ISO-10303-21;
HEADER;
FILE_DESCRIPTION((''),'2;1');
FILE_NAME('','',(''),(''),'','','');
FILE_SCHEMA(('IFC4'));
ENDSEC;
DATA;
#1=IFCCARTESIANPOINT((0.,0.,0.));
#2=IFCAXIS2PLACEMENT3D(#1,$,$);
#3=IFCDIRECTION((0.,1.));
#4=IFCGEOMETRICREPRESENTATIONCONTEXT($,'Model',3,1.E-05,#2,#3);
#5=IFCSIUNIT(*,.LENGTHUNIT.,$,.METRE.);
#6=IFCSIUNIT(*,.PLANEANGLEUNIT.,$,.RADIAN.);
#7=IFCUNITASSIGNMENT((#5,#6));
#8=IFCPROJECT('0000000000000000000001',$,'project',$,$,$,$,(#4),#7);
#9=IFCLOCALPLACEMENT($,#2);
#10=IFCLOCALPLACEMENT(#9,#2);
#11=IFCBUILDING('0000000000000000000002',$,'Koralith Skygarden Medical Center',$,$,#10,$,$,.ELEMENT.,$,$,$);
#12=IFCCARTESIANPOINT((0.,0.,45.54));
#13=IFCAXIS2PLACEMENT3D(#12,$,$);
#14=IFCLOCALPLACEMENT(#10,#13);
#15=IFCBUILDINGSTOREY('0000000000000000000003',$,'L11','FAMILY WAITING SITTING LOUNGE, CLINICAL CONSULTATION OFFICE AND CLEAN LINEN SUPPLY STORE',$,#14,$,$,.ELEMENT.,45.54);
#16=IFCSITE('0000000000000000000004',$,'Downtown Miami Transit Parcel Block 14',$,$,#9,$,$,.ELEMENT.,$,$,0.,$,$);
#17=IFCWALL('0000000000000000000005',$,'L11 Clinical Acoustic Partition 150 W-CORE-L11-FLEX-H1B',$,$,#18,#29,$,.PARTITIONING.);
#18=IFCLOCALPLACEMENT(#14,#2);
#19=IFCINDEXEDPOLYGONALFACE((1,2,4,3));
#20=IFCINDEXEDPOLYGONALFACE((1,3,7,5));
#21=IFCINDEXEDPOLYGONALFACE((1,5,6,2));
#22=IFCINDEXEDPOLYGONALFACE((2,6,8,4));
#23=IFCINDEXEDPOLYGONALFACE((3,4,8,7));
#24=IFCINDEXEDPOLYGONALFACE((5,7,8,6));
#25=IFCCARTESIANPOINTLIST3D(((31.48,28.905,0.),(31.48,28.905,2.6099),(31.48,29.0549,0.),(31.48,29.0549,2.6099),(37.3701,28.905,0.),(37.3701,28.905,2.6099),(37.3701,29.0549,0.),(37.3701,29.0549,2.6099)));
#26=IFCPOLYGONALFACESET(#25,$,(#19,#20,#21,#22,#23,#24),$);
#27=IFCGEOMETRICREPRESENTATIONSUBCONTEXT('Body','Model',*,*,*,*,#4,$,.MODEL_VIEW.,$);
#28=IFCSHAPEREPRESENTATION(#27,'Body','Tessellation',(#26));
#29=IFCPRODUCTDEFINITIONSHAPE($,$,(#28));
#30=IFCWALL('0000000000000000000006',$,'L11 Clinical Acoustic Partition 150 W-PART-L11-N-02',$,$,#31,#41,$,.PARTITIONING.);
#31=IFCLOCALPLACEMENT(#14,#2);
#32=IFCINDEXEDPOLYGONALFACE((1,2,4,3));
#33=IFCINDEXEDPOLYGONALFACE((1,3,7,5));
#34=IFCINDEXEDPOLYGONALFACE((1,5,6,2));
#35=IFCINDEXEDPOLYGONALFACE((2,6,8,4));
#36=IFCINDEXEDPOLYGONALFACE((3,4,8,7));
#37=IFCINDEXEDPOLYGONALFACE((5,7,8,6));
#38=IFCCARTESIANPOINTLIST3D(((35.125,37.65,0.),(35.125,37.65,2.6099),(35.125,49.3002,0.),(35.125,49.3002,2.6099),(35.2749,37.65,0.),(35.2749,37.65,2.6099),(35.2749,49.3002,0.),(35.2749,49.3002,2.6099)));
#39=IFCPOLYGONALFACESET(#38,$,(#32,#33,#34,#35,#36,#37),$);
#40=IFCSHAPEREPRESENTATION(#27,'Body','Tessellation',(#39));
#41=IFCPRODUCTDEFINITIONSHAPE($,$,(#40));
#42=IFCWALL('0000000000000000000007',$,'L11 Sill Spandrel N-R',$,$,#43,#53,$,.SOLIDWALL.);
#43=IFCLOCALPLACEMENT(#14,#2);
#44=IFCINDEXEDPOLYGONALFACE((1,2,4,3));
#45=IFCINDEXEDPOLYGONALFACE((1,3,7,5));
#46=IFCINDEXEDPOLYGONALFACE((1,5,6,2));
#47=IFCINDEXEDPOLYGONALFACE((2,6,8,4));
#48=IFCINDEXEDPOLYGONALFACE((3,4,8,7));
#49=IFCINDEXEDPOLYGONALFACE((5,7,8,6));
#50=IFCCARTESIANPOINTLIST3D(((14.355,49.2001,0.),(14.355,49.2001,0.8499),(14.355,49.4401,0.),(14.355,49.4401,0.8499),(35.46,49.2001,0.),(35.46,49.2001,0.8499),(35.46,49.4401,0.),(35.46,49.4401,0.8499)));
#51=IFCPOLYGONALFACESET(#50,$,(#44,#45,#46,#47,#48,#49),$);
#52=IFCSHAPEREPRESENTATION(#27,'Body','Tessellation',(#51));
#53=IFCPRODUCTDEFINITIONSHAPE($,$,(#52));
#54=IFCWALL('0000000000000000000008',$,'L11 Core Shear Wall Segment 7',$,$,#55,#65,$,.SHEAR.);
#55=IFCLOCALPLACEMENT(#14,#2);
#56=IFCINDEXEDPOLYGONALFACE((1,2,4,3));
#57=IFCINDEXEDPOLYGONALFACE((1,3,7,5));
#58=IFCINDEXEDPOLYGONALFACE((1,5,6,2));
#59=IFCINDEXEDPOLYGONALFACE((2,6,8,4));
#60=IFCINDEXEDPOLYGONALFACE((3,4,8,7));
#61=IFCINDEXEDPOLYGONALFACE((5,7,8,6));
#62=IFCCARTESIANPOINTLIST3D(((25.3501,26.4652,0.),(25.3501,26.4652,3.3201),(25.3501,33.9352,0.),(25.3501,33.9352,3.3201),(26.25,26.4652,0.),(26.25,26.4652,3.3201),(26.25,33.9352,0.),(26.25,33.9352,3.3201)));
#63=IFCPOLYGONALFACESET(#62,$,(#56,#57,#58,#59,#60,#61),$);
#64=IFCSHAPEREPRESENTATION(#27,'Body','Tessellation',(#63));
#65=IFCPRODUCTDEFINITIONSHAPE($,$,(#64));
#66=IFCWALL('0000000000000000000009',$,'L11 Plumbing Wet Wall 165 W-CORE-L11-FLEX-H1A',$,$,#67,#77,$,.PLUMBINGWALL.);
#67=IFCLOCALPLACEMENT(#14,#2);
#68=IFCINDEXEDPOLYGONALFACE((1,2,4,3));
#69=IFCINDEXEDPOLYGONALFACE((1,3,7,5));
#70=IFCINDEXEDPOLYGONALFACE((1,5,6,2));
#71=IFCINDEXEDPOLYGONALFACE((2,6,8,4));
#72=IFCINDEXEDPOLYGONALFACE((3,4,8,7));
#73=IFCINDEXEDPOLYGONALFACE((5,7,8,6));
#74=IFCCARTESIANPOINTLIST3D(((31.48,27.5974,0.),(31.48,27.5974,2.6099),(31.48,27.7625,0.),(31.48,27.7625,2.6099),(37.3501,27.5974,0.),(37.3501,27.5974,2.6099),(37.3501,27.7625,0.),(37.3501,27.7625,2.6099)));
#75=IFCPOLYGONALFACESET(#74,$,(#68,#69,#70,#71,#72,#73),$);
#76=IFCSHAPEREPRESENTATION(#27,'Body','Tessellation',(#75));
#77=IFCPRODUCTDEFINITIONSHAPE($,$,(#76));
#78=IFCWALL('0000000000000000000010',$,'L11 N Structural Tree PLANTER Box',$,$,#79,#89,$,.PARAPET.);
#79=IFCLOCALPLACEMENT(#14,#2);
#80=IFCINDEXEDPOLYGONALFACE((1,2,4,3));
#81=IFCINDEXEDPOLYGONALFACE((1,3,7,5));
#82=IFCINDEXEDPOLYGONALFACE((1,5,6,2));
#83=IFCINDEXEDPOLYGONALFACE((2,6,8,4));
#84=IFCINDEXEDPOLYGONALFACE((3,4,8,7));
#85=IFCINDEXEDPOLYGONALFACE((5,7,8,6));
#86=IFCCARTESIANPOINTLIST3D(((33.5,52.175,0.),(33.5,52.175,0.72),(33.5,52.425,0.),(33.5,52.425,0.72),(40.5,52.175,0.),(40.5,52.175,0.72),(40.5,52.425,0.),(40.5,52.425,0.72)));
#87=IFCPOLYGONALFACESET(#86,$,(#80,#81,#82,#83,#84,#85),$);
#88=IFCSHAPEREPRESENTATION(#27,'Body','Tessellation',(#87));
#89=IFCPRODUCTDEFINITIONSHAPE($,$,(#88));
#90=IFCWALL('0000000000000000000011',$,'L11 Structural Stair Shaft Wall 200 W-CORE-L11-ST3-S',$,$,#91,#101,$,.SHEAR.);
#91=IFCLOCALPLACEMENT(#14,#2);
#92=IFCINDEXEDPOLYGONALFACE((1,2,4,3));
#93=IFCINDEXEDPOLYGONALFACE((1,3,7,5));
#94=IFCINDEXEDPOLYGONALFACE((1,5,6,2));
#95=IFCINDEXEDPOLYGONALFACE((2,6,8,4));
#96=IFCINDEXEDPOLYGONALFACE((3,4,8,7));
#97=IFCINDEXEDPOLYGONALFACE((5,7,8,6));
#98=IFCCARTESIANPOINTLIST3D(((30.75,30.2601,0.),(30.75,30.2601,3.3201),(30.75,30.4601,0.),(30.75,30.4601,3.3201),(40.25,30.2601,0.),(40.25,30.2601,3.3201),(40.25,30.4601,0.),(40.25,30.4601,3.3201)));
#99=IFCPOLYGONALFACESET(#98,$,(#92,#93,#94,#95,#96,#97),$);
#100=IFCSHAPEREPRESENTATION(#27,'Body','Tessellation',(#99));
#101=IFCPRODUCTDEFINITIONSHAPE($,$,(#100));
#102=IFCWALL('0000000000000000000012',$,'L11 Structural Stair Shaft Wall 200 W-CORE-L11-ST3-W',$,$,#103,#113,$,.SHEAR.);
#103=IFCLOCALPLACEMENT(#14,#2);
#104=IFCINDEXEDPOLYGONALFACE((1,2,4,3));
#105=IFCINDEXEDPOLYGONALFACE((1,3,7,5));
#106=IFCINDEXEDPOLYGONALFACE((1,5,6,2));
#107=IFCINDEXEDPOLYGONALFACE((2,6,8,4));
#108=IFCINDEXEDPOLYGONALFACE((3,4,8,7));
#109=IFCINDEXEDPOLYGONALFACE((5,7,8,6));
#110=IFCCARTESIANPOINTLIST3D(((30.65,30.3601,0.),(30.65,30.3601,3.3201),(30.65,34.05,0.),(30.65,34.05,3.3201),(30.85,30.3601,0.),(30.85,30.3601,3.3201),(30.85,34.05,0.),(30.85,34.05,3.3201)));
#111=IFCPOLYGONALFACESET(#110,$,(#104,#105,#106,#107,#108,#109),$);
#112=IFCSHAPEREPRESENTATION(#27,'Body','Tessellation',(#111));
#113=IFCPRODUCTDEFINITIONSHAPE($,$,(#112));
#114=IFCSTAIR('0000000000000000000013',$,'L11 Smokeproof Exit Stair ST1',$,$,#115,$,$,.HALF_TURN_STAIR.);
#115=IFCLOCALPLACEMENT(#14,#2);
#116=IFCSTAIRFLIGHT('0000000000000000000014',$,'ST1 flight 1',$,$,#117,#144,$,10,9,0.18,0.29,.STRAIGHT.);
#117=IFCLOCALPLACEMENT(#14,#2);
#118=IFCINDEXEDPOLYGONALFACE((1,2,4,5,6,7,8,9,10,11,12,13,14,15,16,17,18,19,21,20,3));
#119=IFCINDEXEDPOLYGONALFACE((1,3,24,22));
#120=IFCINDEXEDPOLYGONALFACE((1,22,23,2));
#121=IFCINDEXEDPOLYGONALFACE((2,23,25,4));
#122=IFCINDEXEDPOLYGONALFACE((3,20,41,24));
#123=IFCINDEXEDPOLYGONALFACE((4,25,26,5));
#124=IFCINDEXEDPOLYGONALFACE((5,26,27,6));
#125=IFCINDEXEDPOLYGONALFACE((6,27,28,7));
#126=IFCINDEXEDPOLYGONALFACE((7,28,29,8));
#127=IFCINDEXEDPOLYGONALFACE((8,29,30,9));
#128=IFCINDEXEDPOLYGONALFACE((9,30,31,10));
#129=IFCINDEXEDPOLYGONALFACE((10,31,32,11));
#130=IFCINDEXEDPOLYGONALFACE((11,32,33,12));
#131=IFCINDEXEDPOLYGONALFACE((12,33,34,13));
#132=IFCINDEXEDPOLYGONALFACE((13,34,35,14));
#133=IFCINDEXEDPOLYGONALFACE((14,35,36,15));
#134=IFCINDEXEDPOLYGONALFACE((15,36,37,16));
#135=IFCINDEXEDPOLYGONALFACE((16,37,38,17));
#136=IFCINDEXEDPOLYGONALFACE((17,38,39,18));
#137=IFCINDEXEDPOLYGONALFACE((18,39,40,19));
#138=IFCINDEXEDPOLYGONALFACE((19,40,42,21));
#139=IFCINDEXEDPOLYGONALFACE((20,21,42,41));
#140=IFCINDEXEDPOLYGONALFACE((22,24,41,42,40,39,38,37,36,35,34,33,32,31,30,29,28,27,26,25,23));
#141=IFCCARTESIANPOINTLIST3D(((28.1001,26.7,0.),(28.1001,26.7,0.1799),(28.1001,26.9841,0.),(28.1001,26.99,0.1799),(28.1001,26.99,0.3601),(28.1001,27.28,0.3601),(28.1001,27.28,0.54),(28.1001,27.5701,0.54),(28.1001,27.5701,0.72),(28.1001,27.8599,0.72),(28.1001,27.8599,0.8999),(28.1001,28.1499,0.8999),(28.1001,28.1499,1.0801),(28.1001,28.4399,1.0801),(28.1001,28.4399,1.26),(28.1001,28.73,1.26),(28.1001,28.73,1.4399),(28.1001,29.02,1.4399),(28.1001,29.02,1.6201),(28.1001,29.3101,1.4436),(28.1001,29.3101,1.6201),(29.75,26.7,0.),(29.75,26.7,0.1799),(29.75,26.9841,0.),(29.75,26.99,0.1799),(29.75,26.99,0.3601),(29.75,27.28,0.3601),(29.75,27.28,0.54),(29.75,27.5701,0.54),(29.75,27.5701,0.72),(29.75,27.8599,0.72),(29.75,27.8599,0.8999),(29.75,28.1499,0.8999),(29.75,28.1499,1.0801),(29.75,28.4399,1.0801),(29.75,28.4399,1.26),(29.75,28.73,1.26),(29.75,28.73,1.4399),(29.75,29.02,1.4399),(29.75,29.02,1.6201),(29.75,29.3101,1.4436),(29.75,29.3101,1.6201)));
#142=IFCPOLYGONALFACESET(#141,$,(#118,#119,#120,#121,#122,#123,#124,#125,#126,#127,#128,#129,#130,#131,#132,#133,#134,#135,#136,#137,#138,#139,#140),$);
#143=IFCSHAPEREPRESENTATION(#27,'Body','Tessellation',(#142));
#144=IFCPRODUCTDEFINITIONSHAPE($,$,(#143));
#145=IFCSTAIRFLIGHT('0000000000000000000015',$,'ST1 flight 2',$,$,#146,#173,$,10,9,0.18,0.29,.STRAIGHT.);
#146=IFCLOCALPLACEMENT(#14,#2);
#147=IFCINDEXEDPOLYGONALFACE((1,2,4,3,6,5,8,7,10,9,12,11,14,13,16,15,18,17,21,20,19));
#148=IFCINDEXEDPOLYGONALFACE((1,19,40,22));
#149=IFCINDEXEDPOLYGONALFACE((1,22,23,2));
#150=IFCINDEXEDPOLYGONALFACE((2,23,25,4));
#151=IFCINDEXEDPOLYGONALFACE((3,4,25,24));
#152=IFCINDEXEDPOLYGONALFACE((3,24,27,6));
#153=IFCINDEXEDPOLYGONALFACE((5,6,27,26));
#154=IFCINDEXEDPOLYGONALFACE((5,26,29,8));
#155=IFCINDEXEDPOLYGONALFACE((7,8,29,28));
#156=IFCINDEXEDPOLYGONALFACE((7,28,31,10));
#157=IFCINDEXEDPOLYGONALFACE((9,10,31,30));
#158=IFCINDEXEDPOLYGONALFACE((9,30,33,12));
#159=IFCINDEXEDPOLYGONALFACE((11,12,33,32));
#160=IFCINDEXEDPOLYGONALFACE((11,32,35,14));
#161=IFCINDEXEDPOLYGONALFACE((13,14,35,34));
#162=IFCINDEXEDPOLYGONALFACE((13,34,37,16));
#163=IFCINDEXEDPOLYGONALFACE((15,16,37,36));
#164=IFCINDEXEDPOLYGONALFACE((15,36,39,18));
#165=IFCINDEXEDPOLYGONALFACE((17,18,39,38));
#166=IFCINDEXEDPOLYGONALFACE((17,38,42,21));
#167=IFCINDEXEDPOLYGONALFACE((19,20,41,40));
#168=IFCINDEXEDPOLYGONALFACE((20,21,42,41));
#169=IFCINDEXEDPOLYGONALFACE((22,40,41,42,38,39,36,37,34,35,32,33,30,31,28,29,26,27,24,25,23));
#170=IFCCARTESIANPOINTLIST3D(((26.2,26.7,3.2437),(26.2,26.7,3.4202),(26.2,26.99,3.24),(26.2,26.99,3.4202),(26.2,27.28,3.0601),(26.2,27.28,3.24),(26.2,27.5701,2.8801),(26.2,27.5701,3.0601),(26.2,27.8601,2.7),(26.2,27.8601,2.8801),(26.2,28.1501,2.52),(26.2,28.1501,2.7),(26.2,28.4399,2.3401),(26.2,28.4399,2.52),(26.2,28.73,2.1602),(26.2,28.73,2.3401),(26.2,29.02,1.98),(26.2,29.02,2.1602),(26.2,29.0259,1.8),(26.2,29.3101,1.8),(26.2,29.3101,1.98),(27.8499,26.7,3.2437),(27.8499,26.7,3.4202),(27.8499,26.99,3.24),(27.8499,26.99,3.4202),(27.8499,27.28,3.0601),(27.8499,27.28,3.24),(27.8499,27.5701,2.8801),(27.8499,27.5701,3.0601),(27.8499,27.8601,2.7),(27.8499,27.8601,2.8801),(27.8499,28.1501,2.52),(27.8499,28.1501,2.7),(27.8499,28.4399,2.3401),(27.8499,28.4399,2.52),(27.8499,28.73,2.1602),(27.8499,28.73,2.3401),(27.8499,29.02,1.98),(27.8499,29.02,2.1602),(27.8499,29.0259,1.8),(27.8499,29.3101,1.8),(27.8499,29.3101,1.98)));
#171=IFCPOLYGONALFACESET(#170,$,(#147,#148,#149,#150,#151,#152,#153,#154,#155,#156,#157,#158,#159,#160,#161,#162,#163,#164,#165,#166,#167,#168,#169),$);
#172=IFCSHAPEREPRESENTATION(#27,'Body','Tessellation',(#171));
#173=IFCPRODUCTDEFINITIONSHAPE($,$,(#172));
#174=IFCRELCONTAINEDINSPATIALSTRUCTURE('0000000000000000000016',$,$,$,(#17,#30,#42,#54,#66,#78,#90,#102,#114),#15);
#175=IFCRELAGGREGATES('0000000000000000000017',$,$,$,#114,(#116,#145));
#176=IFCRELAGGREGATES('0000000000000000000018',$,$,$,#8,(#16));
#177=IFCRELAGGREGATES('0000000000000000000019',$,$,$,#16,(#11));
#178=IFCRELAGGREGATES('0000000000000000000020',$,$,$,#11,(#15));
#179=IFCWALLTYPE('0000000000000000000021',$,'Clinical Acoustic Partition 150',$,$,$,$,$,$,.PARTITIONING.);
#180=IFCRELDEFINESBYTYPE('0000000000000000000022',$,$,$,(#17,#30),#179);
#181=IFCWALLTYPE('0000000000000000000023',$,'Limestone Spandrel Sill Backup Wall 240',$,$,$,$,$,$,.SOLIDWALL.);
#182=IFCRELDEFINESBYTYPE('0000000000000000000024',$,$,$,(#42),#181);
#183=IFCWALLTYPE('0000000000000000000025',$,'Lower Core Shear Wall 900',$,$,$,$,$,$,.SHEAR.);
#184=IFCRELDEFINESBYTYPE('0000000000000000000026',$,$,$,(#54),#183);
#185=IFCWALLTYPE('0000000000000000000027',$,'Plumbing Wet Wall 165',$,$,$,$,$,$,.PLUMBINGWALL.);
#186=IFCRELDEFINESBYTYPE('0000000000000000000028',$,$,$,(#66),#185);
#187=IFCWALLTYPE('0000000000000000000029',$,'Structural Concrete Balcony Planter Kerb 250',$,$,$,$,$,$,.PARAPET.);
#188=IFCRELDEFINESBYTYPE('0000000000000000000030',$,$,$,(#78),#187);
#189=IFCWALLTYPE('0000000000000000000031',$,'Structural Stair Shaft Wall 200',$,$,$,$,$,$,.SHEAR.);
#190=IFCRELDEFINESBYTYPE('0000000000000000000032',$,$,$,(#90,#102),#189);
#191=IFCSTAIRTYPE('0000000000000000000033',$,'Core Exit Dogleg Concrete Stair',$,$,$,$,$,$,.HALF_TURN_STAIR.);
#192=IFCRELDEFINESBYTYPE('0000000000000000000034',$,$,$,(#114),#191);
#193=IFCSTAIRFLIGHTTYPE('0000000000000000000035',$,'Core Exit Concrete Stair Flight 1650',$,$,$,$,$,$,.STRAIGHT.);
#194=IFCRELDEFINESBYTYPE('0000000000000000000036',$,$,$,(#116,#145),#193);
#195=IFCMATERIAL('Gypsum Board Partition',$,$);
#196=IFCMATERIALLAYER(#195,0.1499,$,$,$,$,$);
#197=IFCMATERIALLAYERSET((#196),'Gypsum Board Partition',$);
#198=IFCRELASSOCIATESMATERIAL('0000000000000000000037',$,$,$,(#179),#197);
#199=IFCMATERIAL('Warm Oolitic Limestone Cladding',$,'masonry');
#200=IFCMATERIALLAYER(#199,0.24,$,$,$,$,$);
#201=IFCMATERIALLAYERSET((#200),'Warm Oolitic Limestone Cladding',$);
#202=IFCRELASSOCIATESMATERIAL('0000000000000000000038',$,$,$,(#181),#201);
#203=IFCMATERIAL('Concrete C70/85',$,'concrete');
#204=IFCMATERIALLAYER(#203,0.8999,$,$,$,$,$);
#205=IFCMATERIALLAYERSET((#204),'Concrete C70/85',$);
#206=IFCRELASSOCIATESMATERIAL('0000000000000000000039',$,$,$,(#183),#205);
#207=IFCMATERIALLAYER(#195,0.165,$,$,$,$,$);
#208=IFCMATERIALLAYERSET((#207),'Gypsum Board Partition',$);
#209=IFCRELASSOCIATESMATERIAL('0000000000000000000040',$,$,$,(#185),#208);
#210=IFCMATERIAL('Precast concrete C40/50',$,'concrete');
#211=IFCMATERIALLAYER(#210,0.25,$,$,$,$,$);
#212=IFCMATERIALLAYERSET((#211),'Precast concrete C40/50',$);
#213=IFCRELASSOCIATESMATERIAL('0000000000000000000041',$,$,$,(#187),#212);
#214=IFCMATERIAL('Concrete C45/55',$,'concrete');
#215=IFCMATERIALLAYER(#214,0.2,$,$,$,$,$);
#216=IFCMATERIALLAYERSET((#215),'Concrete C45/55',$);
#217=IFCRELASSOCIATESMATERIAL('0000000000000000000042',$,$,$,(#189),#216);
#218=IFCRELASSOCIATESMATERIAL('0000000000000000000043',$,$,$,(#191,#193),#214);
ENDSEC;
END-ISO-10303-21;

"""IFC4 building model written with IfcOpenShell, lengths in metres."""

from ifc_helpers import new_model, si_unit, direction, frame, frame_2d, origin, place, context, subcontext, project, spatial, polyline, rectangle, outline, extrude, material, layer, layer_set, type_object, element, aggregate, save


model = new_model("IFC4")

# Units and contexts
model_context = context("Model", 3, precision=1e-05, world=origin(), true_north=direction((0.0, 1.0)))
body_context = subcontext(model_context, "Body", "Model", "MODEL_VIEW")
ifc_project = project(units=[si_unit("LENGTHUNIT", "METRE"), si_unit("PLANEANGLEUNIT", "RADIAN")], contexts=[model_context])

# Site, building, storey
site_placement = place(None, origin())
site = spatial("IfcSite", under=ifc_project, at=site_placement, Name="Downtown Miami Transit Parcel Block 14", CompositionType="ELEMENT", RefElevation=0.0)
building_placement = place(site_placement, origin())
building = spatial("IfcBuilding", under=site, at=building_placement, Name="Koralith Skygarden Medical Center", CompositionType="ELEMENT")
storey_placement = place(building_placement, frame((0.0, 0.0, 45.54)))
storey = spatial("IfcBuildingStorey", under=building, at=storey_placement, Name="L11", Description="FAMILY WAITING SITTING LOUNGE, CLINICAL CONSULTATION OFFICE AND CLEAN LINEN SUPPLY STORE", CompositionType="ELEMENT", Elevation=45.54)

# Shared definitions
ifc_material_1 = material(Name="Concrete C70/85", Category="concrete")

# Shared definitions
ifc_material_2 = material(Name="Concrete C45/55", Category="concrete")

# Walls
ifc_material_3 = material(Name="Gypsum Board Partition")
ifc_layer_1 = layer(ifc_material_3, 0.1499)
ifc_layer_set_1 = layer_set([ifc_layer_1], Name="Gypsum Board Partition")
wall_type_1 = type_object("IfcWallType", Name="Clinical Acoustic Partition 150", PredefinedType="PARTITIONING", material=ifc_layer_set_1)
wall_1_placement = place(storey_placement, frame((31.48, 28.98, 0.0), z_axis=(0.0, 0.0, 1.0), x_axis=(1.0, 0.0, 0.0)))
element("IfcWall", 1, at=wall_1_placement, inside=storey, type_object=wall_type_1, Name="L11 Clinical Acoustic Partition 150 W-CORE-L11-FLEX-H1B", PredefinedType="PARTITIONING", context=body_context, shape_type="SweptSolid", body=[
    extrude(rectangle(XDim=5.8901, YDim=0.1499, at=frame_2d((2.9451, 0.0))), origin(), (0.0, 0.0, 1.0), 2.6099),
])
wall_2_placement = place(storey_placement, frame((35.2, 37.6499, 0.0), z_axis=(0.0, 0.0, 1.0), x_axis=(0.0, 1.0, 0.0)))
element("IfcWall", 2, at=wall_2_placement, inside=storey, type_object=wall_type_1, Name="L11 Clinical Acoustic Partition 150 W-PART-L11-N-02", PredefinedType="PARTITIONING", context=body_context, shape_type="SweptSolid", body=[
    extrude(rectangle(XDim=11.6501, YDim=0.1499, at=frame_2d((5.8252, 0.0))), origin(), (0.0, 0.0, 1.0), 2.6099),
])

# Walls
ifc_material_4 = material(Name="Warm Oolitic Limestone Cladding", Category="masonry")
ifc_layer_2 = layer(ifc_material_4, 0.24)
ifc_layer_set_2 = layer_set([ifc_layer_2], Name="Warm Oolitic Limestone Cladding")
wall_type_2 = type_object("IfcWallType", Name="Limestone Spandrel Sill Backup Wall 240", PredefinedType="SOLIDWALL", material=ifc_layer_set_2)
wall_3_placement = place(storey_placement, frame((35.46, 49.3201, 0.0), z_axis=(0.0, 0.0, 1.0), x_axis=(-1.0, 0.0, 0.0)))
element("IfcWall", 3, at=wall_3_placement, inside=storey, type_object=wall_type_2, Name="L11 Sill Spandrel N-R", PredefinedType="SOLIDWALL", context=body_context, shape_type="SweptSolid", body=[
    extrude(rectangle(XDim=21.105, YDim=0.24, at=frame_2d((10.5525, 0.0))), origin(), (0.0, 0.0, 1.0), 0.8499),
])
ifc_layer_3 = layer(ifc_material_1, 0.8999)
ifc_layer_set_3 = layer_set([ifc_layer_3], Name="Concrete C70/85")
wall_type_3 = type_object("IfcWallType", Name="Lower Core Shear Wall 900", PredefinedType="SHEAR", material=ifc_layer_set_3)
wall_4_placement = place(storey_placement, frame((25.8, 33.9351, 0.0), z_axis=(0.0, 0.0, 1.0), x_axis=(0.0, -1.0, 0.0)))
element("IfcWall", 4, at=wall_4_placement, inside=storey, type_object=wall_type_3, Name="L11 Core Shear Wall Segment 7", PredefinedType="SHEAR", context=body_context, shape_type="SweptSolid", body=[
    extrude(rectangle(XDim=7.47, YDim=0.8999, at=frame_2d((3.7349, 0.0))), origin(), (0.0, 0.0, 1.0), 3.3201),
])
ifc_layer_4 = layer(ifc_material_3, 0.165)
ifc_layer_set_4 = layer_set([ifc_layer_4], Name="Gypsum Board Partition")
wall_type_4 = type_object("IfcWallType", Name="Plumbing Wet Wall 165", PredefinedType="PLUMBINGWALL", material=ifc_layer_set_4)
wall_5_placement = place(storey_placement, frame((31.48, 27.6799, 0.0), z_axis=(0.0, 0.0, 1.0), x_axis=(1.0, 0.0, 0.0)))
element("IfcWall", 5, at=wall_5_placement, inside=storey, type_object=wall_type_4, Name="L11 Plumbing Wet Wall 165 W-CORE-L11-FLEX-H1A", PredefinedType="PLUMBINGWALL", context=body_context, shape_type="SweptSolid", body=[
    extrude(rectangle(XDim=5.8701, YDim=0.165, at=frame_2d((2.9351, 0.0))), origin(), (0.0, 0.0, 1.0), 2.6099),
])
ifc_material_5 = material(Name="Precast concrete C40/50", Category="concrete")
ifc_layer_5 = layer(ifc_material_5, 0.25)
ifc_layer_set_5 = layer_set([ifc_layer_5], Name="Precast concrete C40/50")
wall_type_5 = type_object("IfcWallType", Name="Structural Concrete Balcony Planter Kerb 250", PredefinedType="PARAPET", material=ifc_layer_set_5)
wall_6_placement = place(storey_placement, frame((33.5, 52.3, 0.0), z_axis=(0.0, 0.0, 1.0), x_axis=(1.0, 0.0, 0.0)))
element("IfcWall", 6, at=wall_6_placement, inside=storey, type_object=wall_type_5, Name="L11 N Structural Tree PLANTER Box", PredefinedType="PARAPET", context=body_context, shape_type="SweptSolid", body=[
    extrude(rectangle(XDim=7.0, YDim=0.25, at=frame_2d((3.5, 0.0))), origin(), (0.0, 0.0, 1.0), 0.72),
])
ifc_layer_6 = layer(ifc_material_2, 0.2)
ifc_layer_set_6 = layer_set([ifc_layer_6], Name="Concrete C45/55")
wall_type_6 = type_object("IfcWallType", Name="Structural Stair Shaft Wall 200", PredefinedType="SHEAR", material=ifc_layer_set_6)
wall_7_placement = place(storey_placement, frame((30.75, 30.3601, 0.0), z_axis=(0.0, 0.0, 1.0), x_axis=(1.0, 0.0, 0.0)))
element("IfcWall", 7, at=wall_7_placement, inside=storey, type_object=wall_type_6, Name="L11 Structural Stair Shaft Wall 200 W-CORE-L11-ST3-S", PredefinedType="SHEAR", context=body_context, shape_type="SweptSolid", body=[
    extrude(rectangle(XDim=9.5, YDim=0.2, at=frame_2d((4.75, 0.0))), origin(), (0.0, 0.0, 1.0), 3.3201),
])
wall_8_placement = place(storey_placement, frame((30.75, 30.3601, 0.0), z_axis=(0.0, 0.0, 1.0), x_axis=(0.0, 1.0, 0.0)))
element("IfcWall", 8, at=wall_8_placement, inside=storey, type_object=wall_type_6, Name="L11 Structural Stair Shaft Wall 200 W-CORE-L11-ST3-W", PredefinedType="SHEAR", context=body_context, shape_type="SweptSolid", body=[
    extrude(rectangle(XDim=3.6899, YDim=0.2, at=frame_2d((1.845, 0.0))), origin(), (0.0, 0.0, 1.0), 3.3201),
])

# Stair, stair flights
stair_type = type_object("IfcStairType", Name="Core Exit Dogleg Concrete Stair", PredefinedType="HALF_TURN_STAIR", material=ifc_material_2)
stair_1_placement = place(storey_placement, origin())
stair_1 = element("IfcStair", 9, at=stair_1_placement, inside=storey, type_object=stair_type, Name="L11 Smokeproof Exit Stair ST1", PredefinedType="HALF_TURN_STAIR")
stair_flight_type = type_object("IfcStairFlightType", Name="Core Exit Concrete Stair Flight 1650", PredefinedType="STRAIGHT", material=ifc_material_2)
stair_flight_1_placement = place(storey_placement, frame((28.925, 26.7, 0.0), z_axis=(0.0, 0.0, 1.0), x_axis=(0.0, 1.0, 0.0)))
stair_flight_1 = element("IfcStairFlight", 10, at=stair_flight_1_placement, type_object=stair_flight_type, Name="ST1 flight 1", NumberOfRisers=10, NumberOfTreads=9, PredefinedType="STRAIGHT", RiserHeight=0.18, TreadLength=0.29, context=body_context, shape_type="SweptSolid", body=[
    extrude(outline(polyline([(0.0, 0.0), (0.0, 0.1799), (0.29, 0.1799), (0.29, 0.3601), (0.5801, 0.3601), (0.5801, 0.54), (0.8701, 0.54), (0.8701, 0.72), (1.1599, 0.72), (1.1599, 0.8999), (1.45, 0.8999), (1.45, 1.0801), (1.74, 1.0801), (1.74, 1.26), (2.03, 1.26), (2.03, 1.4399), (2.3201, 1.4399), (2.3201, 1.6201), (2.6101, 1.6201), (2.6101, 1.8), (2.6101, 1.4436), (0.2842, 0.0), (0.0, 0.0)])), frame((0.0, 0.825, 0.0), z_axis=(0.0, -1.0, 0.0), x_axis=(1.0, 0.0, 0.0)), (0.0, 0.0, 1.0), 1.6499),
])
stair_flight_2_placement = place(storey_placement, frame((27.0249, 29.3101, 1.8), z_axis=(0.0, 0.0, 1.0), x_axis=(0.0, -1.0, 0.0)))
stair_flight_2 = element("IfcStairFlight", 11, at=stair_flight_2_placement, type_object=stair_flight_type, Name="ST1 flight 2", NumberOfRisers=10, NumberOfTreads=9, PredefinedType="STRAIGHT", RiserHeight=0.18, TreadLength=0.29, context=body_context, shape_type="SweptSolid", body=[
    extrude(outline(polyline([(0.0, 0.0), (0.0, 0.1799), (0.29, 0.1799), (0.29, 0.3601), (0.5801, 0.3601), (0.5801, 0.54), (0.8701, 0.54), (0.8701, 0.72), (1.1599, 0.72), (1.1599, 0.8999), (1.45, 0.8999), (1.45, 1.0801), (1.74, 1.0801), (1.74, 1.26), (2.03, 1.26), (2.03, 1.4399), (2.3201, 1.4399), (2.3201, 1.6201), (2.6101, 1.6201), (2.6101, 1.8), (2.6101, 1.4436), (0.2842, 0.0), (0.0, 0.0)])), frame((0.0, 0.825, 0.0), z_axis=(0.0, -1.0, 0.0), x_axis=(1.0, 0.0, 0.0)), (0.0, 0.0, 1.0), 1.6499),
])
aggregate(stair_1, [stair_flight_1, stair_flight_2])

save(model, "model.ifc")
